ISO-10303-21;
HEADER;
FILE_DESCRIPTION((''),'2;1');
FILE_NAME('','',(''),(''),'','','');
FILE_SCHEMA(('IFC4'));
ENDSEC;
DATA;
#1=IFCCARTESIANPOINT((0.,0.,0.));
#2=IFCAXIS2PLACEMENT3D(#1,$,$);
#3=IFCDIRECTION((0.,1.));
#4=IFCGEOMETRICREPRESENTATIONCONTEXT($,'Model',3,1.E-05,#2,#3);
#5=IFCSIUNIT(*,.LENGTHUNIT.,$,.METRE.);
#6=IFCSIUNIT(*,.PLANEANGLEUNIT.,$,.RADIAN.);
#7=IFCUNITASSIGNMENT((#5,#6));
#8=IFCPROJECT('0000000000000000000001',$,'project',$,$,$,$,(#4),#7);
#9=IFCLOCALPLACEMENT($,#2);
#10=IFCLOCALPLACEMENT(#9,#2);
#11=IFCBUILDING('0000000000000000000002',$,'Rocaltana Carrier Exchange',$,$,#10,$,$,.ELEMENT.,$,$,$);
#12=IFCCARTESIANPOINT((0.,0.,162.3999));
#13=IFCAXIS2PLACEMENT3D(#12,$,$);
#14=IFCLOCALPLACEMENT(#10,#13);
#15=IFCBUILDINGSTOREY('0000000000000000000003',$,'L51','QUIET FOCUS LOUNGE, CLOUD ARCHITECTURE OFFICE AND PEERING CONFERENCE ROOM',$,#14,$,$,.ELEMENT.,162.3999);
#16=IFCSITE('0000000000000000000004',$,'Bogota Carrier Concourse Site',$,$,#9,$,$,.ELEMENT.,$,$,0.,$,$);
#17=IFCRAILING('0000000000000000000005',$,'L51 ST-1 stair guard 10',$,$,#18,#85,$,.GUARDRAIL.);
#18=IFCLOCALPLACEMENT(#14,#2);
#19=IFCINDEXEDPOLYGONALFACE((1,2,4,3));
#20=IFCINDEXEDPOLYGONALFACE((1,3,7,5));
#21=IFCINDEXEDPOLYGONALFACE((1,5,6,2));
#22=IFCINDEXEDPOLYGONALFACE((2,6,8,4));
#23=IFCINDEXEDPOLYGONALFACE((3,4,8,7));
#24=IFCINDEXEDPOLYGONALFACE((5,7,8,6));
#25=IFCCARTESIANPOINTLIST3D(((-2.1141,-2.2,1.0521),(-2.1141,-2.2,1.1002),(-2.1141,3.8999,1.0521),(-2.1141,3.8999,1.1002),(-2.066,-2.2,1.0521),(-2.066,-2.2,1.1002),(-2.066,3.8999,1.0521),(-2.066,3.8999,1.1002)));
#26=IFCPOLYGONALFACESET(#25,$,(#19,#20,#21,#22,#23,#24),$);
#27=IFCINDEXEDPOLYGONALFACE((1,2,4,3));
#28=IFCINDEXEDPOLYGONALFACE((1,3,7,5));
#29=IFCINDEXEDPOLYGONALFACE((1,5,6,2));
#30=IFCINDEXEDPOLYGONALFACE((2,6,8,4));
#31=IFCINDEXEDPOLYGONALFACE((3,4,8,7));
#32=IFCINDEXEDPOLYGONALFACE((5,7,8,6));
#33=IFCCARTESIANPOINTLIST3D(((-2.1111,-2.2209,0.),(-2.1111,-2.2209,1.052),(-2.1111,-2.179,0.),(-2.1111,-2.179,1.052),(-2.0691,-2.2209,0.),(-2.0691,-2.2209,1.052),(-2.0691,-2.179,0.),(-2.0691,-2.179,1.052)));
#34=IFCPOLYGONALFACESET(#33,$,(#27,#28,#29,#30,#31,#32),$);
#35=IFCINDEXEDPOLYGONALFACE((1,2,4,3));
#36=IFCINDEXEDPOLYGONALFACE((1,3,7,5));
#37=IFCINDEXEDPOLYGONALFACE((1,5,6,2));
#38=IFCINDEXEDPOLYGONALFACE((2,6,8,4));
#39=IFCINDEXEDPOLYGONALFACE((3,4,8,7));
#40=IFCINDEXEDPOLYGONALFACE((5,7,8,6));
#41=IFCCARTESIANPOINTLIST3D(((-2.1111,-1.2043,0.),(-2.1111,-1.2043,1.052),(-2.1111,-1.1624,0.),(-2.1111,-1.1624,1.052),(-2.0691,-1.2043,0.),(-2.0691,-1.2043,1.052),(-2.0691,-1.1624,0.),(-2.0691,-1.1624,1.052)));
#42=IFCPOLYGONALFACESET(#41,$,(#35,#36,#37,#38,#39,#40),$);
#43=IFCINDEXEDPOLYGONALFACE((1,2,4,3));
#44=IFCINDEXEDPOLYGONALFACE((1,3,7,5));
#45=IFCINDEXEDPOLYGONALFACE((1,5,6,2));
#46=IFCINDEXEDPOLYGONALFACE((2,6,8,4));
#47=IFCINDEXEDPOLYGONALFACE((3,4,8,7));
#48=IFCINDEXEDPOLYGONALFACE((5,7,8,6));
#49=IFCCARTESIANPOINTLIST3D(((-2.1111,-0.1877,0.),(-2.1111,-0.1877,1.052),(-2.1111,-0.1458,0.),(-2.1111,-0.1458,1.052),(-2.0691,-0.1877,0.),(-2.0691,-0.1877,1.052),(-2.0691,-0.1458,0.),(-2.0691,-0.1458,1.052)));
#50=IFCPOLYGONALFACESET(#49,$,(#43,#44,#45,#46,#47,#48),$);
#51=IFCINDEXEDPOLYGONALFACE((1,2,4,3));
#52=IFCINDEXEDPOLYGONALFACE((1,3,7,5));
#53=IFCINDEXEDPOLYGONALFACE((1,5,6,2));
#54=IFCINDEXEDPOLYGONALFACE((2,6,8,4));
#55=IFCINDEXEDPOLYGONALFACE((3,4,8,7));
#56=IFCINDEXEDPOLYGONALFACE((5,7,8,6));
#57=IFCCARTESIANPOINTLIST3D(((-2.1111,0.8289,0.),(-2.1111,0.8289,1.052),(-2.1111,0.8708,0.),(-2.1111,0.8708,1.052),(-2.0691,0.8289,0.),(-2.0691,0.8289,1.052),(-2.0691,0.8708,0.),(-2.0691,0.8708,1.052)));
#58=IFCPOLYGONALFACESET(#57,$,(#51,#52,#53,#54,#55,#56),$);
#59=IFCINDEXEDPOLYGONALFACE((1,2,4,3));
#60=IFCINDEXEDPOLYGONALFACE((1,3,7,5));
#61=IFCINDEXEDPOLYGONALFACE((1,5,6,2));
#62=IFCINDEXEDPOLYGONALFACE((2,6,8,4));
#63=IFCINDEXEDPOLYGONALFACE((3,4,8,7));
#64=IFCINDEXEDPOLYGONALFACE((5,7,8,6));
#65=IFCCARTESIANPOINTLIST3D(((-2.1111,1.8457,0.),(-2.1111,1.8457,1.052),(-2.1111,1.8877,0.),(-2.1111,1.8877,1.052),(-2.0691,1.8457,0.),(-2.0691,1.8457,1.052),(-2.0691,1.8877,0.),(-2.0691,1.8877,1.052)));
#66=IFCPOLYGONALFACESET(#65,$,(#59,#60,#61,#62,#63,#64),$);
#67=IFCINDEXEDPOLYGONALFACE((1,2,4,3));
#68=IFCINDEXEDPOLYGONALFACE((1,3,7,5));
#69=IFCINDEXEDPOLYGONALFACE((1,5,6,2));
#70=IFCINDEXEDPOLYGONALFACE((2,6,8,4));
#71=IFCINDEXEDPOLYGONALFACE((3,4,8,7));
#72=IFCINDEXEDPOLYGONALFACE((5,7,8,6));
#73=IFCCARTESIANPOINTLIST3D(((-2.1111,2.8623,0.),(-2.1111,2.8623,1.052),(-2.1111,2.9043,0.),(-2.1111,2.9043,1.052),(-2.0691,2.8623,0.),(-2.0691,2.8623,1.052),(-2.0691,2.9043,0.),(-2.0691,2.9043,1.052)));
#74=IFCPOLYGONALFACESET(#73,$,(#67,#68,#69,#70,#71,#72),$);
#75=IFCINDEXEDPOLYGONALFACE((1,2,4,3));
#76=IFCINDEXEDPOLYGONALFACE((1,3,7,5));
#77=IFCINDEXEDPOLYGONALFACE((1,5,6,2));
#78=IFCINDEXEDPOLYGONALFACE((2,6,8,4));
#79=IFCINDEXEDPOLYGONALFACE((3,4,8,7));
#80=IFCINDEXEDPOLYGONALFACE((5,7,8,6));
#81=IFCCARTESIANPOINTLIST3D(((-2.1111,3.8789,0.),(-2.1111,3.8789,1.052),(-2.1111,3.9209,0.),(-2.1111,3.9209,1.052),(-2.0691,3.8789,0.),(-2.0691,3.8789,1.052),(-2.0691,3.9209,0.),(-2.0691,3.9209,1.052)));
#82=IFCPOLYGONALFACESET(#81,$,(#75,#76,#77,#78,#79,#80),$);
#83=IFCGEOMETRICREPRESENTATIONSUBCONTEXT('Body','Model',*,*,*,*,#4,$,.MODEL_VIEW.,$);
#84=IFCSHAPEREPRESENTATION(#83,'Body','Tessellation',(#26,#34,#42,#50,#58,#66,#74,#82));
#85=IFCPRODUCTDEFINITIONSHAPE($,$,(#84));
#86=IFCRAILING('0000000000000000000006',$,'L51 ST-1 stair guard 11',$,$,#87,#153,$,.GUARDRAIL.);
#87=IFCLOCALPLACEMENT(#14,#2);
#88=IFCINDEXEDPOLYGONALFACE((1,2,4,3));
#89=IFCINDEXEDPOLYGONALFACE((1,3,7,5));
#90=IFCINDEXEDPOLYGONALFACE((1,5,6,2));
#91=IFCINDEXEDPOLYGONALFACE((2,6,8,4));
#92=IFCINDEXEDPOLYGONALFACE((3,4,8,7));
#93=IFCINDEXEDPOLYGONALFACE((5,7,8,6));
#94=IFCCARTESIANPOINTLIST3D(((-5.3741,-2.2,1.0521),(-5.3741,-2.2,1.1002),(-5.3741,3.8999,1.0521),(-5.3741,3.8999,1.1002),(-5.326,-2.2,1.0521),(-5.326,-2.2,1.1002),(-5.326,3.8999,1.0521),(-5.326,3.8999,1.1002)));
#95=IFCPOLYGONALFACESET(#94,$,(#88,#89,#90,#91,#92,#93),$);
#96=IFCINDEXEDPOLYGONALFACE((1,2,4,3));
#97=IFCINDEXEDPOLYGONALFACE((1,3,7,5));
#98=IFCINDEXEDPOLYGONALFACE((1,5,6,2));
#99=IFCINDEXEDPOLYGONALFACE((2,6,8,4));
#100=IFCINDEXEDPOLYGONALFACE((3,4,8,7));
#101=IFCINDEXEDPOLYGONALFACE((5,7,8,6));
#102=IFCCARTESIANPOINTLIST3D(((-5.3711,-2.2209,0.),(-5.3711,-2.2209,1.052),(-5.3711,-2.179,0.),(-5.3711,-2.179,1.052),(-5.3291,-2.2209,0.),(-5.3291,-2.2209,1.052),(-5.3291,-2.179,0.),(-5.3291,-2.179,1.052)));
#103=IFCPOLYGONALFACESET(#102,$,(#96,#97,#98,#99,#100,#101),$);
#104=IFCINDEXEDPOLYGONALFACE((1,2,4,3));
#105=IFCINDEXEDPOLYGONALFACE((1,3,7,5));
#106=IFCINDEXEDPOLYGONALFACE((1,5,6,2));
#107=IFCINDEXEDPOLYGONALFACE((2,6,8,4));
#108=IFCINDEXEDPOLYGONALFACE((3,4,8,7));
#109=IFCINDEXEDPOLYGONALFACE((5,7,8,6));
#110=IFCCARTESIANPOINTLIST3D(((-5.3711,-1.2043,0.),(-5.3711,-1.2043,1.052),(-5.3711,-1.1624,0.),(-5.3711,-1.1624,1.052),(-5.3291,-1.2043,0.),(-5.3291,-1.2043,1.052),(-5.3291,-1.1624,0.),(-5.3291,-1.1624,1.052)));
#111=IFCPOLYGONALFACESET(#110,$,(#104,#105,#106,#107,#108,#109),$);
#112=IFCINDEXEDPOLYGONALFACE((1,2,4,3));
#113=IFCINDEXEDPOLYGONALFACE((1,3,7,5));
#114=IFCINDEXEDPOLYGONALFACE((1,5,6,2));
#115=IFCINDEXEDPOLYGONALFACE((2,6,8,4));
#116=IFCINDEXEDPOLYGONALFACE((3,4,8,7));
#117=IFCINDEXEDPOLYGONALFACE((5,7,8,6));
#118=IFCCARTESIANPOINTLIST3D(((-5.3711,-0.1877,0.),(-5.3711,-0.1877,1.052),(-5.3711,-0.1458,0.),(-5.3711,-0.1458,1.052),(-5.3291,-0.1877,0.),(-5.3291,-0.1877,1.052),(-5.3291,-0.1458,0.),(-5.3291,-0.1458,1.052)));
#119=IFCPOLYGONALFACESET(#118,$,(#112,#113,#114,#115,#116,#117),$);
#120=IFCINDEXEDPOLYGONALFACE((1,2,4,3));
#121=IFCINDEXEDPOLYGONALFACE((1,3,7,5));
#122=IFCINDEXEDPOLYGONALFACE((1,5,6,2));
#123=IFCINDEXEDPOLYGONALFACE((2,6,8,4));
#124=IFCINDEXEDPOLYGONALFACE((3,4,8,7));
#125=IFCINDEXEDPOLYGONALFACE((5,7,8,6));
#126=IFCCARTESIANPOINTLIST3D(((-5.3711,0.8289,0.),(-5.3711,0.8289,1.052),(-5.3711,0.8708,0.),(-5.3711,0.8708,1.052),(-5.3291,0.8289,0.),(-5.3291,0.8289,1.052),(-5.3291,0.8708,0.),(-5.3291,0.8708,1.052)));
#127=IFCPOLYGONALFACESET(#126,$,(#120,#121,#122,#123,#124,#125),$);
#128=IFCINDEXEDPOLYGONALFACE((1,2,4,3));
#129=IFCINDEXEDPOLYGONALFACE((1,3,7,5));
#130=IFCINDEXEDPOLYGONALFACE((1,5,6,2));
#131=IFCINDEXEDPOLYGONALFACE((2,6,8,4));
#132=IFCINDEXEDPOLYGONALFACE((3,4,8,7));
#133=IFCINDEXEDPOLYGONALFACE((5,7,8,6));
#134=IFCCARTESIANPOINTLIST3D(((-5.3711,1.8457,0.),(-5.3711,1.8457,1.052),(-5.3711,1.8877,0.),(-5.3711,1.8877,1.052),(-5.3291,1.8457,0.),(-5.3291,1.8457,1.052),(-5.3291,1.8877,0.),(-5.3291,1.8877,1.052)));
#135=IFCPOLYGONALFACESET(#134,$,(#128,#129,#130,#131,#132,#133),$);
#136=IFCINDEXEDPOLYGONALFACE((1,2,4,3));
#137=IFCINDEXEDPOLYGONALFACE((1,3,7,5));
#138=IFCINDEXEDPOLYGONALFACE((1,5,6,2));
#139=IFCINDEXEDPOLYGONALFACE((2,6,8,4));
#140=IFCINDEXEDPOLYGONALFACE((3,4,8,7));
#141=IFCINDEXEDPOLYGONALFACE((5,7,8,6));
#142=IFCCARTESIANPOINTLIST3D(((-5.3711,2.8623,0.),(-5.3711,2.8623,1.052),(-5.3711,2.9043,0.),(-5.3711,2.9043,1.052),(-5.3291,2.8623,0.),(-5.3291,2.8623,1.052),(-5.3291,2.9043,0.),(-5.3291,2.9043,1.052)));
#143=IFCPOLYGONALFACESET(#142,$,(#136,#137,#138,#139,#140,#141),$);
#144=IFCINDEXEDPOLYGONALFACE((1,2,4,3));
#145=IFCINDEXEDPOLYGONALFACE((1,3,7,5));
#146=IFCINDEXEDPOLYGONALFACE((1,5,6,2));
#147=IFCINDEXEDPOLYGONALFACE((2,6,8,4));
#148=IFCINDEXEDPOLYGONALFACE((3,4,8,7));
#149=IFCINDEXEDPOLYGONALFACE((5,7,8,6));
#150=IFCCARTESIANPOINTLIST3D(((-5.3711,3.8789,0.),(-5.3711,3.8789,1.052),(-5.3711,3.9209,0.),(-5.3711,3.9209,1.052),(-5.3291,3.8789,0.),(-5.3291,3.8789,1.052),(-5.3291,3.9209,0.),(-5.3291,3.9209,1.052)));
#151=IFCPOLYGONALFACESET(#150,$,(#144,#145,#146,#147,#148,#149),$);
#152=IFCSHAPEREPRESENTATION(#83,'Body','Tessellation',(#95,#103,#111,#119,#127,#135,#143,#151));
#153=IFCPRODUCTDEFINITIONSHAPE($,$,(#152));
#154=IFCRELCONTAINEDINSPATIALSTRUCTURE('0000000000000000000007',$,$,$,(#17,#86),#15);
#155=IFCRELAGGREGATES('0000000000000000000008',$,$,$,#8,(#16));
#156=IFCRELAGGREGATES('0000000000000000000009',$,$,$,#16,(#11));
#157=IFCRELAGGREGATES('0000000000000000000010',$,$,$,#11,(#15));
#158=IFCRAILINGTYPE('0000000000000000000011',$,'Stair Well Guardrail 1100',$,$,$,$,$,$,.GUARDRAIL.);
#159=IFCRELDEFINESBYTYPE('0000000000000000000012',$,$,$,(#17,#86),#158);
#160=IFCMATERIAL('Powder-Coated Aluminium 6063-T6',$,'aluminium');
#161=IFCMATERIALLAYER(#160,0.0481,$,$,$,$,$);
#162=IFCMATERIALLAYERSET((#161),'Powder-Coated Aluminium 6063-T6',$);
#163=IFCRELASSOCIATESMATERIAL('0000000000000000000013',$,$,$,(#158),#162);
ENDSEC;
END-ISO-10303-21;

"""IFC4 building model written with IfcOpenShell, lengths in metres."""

from ifc_helpers import new_model, si_unit, direction, frame, origin, origin_2d, place, context, subcontext, project, spatial, rectangle, extrude, material, layer, layer_set, type_object, element, save


model = new_model("IFC4")

# Units and contexts
model_context = context("Model", 3, precision=1e-05, world=origin(), true_north=direction((0.0, 1.0)))
body_context = subcontext(model_context, "Body", "Model", "MODEL_VIEW")
ifc_project = project(units=[si_unit("LENGTHUNIT", "METRE"), si_unit("PLANEANGLEUNIT", "RADIAN")], contexts=[model_context])

# Site, building, storey
site_placement = place(None, origin())
site = spatial("IfcSite", under=ifc_project, at=site_placement, Name="Bogota Carrier Concourse Site", CompositionType="ELEMENT", RefElevation=0.0)
building_placement = place(site_placement, origin())
building = spatial("IfcBuilding", under=site, at=building_placement, Name="Rocaltana Carrier Exchange", CompositionType="ELEMENT")
storey_placement = place(building_placement, frame((0.0, 0.0, 162.3999)))
storey = spatial("IfcBuildingStorey", under=building, at=storey_placement, Name="L51", Description="QUIET FOCUS LOUNGE, CLOUD ARCHITECTURE OFFICE AND PEERING CONFERENCE ROOM", CompositionType="ELEMENT", Elevation=162.3999)

# Railings
ifc_material_1 = material(Name="Powder-Coated Aluminium 6063-T6", Category="aluminium")
ifc_layer_1 = layer(ifc_material_1, 0.0481)
ifc_layer_set_1 = layer_set([ifc_layer_1], Name="Powder-Coated Aluminium 6063-T6")
railing_type_1 = type_object("IfcRailingType", Name="Stair Well Guardrail 1100", PredefinedType="GUARDRAIL", material=ifc_layer_set_1)
for number, where, name in (
    (1, (-2.0901, -2.2, 0.0), "L51 ST-1 stair guard 10"),
    (2, (-5.3501, -2.2, 0.0), "L51 ST-1 stair guard 11"),
):
    element("IfcRailing", number, at=place(storey_placement, frame(where)), inside=storey, type_object=railing_type_1, Name=name, PredefinedType="GUARDRAIL", context=body_context, shape_type="SweptSolid", body=[
        extrude(rectangle(XDim=0.0481, YDim=0.0481, at=origin_2d()), frame((0.0, 0.0, 1.0762), z_axis=(0.0, 1.0, 0.0), x_axis=(-1.0, 0.0, 0.0)), (0.0, 0.0, 1.0), 6.0999),
        extrude(rectangle(XDim=0.042, YDim=0.042, at=origin_2d()), origin(), (0.0, 0.0, 1.0), 1.052),
        extrude(rectangle(XDim=0.042, YDim=0.042, at=origin_2d()), frame((0.0, 1.0166, 0.0)), (0.0, 0.0, 1.0), 1.052),
        extrude(rectangle(XDim=0.042, YDim=0.042, at=origin_2d()), frame((0.0, 2.0332, 0.0)), (0.0, 0.0, 1.0), 1.052),
        extrude(rectangle(XDim=0.042, YDim=0.042, at=origin_2d()), frame((0.0, 3.0498, 0.0)), (0.0, 0.0, 1.0), 1.052),
        extrude(rectangle(XDim=0.042, YDim=0.042, at=origin_2d()), frame((0.0, 4.0667, 0.0)), (0.0, 0.0, 1.0), 1.052),
        extrude(rectangle(XDim=0.042, YDim=0.042, at=origin_2d()), frame((0.0, 5.0833, 0.0)), (0.0, 0.0, 1.0), 1.052),
        extrude(rectangle(XDim=0.042, YDim=0.042, at=origin_2d()), frame((0.0, 6.0999, 0.0)), (0.0, 0.0, 1.0), 1.052),
    ])

save(model, "model.ifc")
